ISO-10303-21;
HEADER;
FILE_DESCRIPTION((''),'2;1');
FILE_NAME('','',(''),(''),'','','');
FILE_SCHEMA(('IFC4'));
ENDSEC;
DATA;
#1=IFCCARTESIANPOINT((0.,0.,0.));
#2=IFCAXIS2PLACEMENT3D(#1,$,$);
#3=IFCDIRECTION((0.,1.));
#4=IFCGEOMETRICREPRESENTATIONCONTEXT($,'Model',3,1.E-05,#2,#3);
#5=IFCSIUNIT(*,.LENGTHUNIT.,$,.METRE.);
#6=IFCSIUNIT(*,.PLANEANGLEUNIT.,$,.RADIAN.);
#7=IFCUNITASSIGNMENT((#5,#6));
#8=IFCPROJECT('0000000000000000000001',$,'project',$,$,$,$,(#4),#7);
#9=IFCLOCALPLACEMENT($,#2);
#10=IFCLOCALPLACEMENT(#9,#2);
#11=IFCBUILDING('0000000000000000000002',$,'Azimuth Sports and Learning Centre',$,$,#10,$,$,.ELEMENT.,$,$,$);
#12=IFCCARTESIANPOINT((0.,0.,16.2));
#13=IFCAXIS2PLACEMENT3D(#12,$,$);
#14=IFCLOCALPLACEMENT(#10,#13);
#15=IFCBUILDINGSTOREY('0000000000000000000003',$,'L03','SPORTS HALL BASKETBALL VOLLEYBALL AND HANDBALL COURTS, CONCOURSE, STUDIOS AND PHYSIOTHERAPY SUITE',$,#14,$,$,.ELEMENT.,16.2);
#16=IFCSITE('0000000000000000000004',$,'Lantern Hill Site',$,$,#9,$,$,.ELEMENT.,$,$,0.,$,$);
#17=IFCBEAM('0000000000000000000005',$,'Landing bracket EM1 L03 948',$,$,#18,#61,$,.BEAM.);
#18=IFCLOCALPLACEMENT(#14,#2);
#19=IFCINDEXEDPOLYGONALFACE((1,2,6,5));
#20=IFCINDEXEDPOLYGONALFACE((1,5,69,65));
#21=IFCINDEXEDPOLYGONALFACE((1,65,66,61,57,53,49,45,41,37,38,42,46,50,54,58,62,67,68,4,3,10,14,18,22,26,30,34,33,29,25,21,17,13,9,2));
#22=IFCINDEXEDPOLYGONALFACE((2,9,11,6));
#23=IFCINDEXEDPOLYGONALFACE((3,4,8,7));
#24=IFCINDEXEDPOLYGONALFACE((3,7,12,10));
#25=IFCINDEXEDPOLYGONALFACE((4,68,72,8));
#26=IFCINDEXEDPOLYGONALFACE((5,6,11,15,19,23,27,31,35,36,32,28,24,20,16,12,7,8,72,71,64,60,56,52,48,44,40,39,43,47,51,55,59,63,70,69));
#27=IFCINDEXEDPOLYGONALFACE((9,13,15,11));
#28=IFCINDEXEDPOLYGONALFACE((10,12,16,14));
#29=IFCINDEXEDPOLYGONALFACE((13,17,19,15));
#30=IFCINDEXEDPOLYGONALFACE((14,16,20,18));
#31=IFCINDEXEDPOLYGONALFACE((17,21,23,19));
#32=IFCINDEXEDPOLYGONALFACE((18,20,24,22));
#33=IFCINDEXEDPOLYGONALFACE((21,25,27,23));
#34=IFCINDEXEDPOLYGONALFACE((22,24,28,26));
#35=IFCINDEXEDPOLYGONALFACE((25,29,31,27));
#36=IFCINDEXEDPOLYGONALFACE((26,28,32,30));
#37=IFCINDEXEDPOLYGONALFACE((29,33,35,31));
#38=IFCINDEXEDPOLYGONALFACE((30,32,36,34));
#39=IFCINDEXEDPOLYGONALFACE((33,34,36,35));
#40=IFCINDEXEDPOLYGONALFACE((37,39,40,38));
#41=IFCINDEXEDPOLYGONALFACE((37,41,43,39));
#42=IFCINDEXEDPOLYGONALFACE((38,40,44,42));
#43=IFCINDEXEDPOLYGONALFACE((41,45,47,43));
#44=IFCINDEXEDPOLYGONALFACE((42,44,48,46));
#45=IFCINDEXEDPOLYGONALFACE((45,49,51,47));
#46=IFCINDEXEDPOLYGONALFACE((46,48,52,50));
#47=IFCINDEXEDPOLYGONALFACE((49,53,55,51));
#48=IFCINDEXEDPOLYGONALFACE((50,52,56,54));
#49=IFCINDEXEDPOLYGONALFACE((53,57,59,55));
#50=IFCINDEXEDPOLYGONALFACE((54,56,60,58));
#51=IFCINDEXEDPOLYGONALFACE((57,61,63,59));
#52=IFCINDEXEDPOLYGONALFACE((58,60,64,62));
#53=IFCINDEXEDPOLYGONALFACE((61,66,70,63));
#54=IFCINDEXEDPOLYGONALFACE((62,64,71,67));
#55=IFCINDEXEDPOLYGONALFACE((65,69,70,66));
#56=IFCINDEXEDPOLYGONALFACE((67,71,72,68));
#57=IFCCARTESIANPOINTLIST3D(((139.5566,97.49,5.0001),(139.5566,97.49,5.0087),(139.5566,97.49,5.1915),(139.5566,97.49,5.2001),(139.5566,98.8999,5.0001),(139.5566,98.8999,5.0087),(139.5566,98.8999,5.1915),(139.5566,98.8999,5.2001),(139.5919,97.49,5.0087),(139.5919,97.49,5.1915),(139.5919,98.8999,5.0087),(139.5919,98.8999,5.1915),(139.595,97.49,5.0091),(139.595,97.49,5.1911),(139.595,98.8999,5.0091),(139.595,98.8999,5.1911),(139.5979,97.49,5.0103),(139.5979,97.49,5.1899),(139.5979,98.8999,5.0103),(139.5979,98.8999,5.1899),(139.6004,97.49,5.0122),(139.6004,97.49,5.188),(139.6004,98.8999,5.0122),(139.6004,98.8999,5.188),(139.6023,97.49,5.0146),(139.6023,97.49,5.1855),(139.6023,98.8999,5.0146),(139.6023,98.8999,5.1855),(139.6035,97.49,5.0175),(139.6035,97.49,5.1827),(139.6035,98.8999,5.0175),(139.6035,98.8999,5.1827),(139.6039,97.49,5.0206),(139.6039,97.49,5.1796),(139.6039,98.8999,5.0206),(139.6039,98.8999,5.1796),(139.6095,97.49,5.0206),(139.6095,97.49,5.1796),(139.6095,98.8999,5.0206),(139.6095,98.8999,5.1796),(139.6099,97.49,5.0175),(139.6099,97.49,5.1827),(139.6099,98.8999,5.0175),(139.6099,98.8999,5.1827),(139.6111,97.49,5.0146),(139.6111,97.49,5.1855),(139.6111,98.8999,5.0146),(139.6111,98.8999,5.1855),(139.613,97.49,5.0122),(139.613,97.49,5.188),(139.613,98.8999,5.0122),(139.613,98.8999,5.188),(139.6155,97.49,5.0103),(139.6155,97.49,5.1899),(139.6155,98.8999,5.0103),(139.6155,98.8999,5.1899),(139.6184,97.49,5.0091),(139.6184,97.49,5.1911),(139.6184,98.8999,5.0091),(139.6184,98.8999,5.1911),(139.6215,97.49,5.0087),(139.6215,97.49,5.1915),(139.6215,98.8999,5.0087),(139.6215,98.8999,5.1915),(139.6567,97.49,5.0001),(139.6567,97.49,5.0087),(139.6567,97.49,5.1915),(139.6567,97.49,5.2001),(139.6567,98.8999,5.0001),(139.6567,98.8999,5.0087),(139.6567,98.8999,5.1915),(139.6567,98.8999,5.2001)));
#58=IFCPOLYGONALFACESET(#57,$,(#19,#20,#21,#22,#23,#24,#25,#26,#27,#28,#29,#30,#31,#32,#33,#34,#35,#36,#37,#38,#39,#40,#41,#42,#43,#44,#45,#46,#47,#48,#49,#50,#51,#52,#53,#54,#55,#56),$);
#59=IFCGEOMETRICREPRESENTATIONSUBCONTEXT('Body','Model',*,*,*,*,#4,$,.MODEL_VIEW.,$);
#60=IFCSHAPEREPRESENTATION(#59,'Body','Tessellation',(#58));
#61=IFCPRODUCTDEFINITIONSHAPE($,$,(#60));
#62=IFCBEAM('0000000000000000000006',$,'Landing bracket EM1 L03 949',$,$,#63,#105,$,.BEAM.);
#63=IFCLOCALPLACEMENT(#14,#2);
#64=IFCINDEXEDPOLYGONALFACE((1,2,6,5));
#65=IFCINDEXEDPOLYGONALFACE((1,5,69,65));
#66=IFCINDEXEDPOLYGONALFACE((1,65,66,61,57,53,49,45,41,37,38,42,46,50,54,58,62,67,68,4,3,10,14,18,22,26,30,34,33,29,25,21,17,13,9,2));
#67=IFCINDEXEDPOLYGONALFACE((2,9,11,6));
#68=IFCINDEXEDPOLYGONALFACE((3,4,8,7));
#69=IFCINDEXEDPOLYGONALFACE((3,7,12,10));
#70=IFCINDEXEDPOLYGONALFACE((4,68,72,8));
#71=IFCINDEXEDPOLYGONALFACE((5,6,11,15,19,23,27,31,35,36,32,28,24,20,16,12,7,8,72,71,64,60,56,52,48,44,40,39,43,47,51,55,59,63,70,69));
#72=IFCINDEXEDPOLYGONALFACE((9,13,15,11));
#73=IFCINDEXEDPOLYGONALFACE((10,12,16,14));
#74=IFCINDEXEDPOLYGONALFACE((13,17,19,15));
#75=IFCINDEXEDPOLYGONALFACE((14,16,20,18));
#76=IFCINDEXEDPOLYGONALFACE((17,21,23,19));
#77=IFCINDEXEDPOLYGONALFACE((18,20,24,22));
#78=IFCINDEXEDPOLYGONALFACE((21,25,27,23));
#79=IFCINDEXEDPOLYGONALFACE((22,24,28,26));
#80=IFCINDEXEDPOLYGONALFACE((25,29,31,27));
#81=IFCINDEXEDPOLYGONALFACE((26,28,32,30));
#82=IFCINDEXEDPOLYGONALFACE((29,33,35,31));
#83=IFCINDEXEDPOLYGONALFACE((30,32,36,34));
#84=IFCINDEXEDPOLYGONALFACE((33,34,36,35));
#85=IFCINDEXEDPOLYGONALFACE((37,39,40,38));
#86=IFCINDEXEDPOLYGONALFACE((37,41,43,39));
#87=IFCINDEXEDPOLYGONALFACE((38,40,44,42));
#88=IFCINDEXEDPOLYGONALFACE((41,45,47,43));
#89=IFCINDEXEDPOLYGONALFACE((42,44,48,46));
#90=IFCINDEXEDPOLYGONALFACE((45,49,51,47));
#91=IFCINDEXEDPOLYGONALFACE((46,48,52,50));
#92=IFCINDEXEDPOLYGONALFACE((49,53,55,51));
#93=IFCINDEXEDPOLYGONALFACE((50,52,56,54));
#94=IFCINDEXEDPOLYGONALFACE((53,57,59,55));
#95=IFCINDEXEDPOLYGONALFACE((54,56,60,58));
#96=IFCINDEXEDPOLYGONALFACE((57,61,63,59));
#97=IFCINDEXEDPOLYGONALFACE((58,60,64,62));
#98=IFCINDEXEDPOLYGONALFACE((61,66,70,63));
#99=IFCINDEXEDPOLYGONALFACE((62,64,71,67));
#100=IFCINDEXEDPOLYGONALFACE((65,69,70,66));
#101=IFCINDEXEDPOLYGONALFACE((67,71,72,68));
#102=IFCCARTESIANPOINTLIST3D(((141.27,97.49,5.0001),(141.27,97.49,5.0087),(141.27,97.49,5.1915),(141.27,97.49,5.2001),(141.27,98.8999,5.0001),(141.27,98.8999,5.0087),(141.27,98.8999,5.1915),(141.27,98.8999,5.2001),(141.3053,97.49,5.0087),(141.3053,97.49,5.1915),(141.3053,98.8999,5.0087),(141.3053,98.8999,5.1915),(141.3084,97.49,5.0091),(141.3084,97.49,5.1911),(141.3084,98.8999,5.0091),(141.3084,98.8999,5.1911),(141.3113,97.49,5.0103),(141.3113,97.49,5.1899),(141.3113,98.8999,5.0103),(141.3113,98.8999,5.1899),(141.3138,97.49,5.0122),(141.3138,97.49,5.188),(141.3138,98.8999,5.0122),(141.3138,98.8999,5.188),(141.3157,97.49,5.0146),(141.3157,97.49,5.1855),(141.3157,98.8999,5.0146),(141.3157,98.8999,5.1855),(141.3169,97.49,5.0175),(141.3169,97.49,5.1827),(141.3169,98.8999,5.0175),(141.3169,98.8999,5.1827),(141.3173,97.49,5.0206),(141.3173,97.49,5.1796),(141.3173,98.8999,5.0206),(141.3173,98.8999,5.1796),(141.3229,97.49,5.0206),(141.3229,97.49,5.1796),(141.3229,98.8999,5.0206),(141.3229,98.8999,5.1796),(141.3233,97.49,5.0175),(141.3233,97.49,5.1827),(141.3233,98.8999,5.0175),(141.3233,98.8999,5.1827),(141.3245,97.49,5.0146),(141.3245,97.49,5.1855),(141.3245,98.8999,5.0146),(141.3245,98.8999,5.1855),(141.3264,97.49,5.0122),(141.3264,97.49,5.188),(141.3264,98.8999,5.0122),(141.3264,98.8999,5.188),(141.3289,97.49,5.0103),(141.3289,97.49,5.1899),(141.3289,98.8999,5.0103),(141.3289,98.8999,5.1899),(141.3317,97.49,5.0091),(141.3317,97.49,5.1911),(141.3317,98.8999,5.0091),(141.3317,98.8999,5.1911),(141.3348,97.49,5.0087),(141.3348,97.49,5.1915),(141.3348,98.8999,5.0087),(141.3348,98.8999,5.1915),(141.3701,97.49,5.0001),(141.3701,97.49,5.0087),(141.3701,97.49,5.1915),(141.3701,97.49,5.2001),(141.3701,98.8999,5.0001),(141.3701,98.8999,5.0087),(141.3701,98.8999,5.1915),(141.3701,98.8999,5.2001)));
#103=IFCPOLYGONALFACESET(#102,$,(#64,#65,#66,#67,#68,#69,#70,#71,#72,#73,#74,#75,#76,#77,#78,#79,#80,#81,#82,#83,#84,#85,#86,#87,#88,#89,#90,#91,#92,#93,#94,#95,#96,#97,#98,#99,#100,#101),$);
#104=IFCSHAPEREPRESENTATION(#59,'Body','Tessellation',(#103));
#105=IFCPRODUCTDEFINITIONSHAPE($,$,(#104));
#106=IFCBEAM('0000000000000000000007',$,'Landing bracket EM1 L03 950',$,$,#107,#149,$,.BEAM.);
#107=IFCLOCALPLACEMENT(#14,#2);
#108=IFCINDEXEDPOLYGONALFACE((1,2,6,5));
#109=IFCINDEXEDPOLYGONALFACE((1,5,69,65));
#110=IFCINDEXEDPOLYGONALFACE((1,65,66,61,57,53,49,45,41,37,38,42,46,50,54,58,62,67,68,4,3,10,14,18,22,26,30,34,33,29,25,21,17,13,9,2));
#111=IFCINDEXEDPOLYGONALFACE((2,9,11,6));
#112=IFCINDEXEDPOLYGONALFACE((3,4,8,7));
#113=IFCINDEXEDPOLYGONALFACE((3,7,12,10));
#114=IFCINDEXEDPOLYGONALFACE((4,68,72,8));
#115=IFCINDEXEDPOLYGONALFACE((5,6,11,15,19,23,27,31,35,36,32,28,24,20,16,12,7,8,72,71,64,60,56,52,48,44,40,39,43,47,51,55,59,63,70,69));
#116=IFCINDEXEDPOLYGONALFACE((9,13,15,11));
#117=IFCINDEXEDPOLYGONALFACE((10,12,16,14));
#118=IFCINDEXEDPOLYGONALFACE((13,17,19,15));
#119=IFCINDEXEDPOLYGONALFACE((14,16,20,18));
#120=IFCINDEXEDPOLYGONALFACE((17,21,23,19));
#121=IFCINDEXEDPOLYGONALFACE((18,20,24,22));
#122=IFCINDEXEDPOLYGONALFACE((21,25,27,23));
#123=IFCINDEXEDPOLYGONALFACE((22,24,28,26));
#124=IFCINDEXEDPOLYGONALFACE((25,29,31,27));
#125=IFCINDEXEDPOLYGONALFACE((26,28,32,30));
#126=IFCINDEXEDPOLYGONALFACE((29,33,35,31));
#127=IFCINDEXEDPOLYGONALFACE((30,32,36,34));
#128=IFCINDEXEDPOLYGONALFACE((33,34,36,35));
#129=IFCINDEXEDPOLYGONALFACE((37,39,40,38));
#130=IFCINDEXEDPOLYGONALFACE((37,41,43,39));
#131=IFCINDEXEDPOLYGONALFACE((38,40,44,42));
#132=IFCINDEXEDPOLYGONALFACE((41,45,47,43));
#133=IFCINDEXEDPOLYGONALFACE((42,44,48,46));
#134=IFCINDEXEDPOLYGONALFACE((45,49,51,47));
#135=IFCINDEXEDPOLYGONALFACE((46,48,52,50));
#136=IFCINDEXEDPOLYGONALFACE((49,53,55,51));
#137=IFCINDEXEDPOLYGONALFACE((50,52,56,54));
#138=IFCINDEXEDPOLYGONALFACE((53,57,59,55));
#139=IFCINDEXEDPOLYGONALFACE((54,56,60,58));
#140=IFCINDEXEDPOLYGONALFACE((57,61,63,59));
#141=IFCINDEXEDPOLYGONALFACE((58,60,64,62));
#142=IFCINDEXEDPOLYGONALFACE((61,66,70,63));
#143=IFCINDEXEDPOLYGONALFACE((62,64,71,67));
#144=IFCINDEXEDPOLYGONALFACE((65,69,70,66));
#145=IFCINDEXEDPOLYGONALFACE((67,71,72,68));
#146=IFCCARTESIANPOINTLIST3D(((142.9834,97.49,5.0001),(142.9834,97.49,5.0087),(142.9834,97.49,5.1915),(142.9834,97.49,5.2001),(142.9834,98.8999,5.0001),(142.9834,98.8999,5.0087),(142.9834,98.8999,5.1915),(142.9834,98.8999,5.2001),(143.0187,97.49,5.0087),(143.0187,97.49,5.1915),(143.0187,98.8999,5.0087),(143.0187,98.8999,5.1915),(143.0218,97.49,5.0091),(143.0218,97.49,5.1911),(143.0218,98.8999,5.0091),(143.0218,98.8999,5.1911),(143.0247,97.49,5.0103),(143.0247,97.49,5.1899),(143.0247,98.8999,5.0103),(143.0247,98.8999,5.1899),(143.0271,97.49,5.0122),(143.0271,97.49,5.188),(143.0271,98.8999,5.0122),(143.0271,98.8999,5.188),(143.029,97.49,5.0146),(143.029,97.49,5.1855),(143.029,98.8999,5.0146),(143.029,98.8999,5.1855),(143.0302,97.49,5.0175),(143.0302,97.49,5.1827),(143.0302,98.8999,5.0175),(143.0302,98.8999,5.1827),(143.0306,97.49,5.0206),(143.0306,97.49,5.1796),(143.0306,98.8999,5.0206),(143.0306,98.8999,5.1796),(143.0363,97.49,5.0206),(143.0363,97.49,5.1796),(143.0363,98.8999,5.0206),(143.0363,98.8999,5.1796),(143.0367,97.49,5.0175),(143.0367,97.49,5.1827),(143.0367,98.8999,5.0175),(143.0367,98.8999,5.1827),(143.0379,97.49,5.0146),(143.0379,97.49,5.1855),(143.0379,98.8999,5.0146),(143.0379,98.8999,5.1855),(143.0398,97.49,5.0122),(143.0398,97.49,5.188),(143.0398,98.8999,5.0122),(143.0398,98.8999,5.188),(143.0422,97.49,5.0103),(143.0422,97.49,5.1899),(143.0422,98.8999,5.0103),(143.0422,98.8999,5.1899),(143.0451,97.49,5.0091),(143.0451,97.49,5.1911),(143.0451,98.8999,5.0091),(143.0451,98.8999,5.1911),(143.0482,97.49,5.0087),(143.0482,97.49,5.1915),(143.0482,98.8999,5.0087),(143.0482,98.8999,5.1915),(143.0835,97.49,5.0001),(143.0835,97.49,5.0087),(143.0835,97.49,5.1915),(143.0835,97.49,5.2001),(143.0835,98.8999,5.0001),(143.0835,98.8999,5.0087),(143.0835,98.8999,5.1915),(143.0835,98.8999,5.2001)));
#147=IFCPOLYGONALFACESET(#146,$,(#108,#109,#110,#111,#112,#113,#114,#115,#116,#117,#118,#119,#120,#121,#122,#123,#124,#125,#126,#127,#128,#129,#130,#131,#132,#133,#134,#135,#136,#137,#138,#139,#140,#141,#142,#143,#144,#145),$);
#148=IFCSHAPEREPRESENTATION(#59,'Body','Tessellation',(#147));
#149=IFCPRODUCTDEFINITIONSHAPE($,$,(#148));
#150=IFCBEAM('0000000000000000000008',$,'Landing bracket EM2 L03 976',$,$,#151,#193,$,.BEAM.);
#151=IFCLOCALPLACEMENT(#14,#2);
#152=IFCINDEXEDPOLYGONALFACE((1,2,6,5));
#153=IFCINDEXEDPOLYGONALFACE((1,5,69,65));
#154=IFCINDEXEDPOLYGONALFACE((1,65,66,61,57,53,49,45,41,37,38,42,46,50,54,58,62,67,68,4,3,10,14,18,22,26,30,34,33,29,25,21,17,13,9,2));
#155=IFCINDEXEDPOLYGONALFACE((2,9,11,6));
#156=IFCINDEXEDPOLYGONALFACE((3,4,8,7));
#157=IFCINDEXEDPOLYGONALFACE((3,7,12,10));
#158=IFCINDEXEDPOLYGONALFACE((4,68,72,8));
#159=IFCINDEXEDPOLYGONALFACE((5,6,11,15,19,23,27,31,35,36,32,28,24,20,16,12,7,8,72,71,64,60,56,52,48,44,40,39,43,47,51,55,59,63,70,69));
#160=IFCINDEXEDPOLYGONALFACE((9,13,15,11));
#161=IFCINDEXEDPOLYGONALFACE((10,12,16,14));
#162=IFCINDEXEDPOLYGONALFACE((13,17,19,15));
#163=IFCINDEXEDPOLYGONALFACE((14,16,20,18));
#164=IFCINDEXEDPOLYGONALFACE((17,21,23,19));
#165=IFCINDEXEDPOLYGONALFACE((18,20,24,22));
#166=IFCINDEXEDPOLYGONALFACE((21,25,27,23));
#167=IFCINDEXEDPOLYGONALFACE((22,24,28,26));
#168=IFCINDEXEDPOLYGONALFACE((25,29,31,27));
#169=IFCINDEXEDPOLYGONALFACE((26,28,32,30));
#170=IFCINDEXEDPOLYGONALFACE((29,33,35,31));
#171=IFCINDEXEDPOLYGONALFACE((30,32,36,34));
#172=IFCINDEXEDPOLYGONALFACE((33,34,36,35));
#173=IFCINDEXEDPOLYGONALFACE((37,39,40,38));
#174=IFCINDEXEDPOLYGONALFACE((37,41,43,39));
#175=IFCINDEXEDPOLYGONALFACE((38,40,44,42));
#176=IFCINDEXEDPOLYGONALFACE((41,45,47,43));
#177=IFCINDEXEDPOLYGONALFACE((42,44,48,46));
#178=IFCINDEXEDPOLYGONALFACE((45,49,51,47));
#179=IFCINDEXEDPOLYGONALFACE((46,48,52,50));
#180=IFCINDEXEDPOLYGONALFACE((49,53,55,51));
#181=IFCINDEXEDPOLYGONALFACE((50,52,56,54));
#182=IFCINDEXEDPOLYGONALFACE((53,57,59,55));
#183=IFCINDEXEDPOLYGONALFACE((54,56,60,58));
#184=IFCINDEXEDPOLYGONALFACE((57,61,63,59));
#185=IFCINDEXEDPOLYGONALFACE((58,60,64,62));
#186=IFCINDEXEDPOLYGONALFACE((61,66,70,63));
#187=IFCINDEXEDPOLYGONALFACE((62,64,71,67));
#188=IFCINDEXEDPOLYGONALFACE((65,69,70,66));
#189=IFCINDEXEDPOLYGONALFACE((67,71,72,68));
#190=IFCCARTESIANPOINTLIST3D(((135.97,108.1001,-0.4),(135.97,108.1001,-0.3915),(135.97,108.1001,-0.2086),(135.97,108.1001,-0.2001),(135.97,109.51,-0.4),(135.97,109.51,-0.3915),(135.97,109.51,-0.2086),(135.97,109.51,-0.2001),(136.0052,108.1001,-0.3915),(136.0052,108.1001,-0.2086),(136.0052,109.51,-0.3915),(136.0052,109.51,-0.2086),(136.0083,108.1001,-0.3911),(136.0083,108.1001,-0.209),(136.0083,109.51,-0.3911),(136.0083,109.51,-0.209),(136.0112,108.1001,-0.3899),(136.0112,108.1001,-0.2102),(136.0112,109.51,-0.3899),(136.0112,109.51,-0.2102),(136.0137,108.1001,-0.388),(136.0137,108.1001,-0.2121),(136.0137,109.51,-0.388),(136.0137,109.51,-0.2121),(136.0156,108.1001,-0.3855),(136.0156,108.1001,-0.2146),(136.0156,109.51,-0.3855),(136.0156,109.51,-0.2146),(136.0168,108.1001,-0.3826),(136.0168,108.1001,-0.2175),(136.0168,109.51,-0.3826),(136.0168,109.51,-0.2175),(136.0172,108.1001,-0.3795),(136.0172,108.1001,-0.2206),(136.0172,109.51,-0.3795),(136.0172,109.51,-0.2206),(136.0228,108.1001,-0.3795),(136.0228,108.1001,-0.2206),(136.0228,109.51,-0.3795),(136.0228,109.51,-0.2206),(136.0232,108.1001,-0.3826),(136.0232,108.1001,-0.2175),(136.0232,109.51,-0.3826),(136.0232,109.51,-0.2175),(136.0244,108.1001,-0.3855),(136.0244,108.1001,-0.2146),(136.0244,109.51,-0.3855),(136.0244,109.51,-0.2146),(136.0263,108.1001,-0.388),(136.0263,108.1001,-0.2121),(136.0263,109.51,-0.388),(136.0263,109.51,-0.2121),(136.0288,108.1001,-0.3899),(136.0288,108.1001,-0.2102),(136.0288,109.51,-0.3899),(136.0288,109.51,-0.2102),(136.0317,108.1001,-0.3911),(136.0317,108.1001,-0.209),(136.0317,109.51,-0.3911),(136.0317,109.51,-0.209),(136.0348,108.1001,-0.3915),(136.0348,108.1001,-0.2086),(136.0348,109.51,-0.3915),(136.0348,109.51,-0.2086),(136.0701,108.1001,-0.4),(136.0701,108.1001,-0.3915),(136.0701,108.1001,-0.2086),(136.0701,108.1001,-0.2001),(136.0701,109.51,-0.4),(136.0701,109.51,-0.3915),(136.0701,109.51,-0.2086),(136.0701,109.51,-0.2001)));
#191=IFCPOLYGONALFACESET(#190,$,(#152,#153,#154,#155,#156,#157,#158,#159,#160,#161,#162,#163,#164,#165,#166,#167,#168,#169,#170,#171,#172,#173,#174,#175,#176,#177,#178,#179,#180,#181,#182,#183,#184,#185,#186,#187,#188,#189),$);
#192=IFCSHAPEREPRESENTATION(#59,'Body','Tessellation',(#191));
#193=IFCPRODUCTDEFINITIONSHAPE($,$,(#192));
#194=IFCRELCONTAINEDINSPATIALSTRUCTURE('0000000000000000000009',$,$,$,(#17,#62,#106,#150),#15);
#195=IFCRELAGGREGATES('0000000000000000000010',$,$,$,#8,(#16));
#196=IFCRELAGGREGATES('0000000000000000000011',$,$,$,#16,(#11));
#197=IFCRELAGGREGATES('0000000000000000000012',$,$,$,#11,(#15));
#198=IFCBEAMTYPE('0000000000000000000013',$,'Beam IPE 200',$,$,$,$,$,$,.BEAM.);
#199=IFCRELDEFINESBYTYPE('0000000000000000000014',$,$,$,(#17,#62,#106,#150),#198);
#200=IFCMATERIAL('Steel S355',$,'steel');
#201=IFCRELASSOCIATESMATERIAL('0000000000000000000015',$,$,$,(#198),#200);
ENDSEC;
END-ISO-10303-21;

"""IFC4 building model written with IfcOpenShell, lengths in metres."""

from ifc_helpers import new_model, si_unit, direction, frame, origin, origin_2d, place, context, subcontext, project, spatial, i_section, extrude, material, material_profile, profile_set, type_object, element, save


model = new_model("IFC4")

# Units and contexts
model_context = context("Model", 3, precision=1e-05, world=origin(), true_north=direction((0.0, 1.0)))
body_context = subcontext(model_context, "Body", "Model", "MODEL_VIEW")
ifc_project = project(units=[si_unit("LENGTHUNIT", "METRE"), si_unit("PLANEANGLEUNIT", "RADIAN")], contexts=[model_context])

# Site, building, storey
site_placement = place(None, origin())
site = spatial("IfcSite", under=ifc_project, at=site_placement, Name="Lantern Hill Site", CompositionType="ELEMENT", RefElevation=0.0)
building_placement = place(site_placement, origin())
building = spatial("IfcBuilding", under=site, at=building_placement, Name="Azimuth Sports and Learning Centre", CompositionType="ELEMENT")
storey_placement = place(building_placement, frame((0.0, 0.0, 16.2)))
storey = spatial("IfcBuildingStorey", under=building, at=storey_placement, Name="L03", Description="SPORTS HALL BASKETBALL VOLLEYBALL AND HANDBALL COURTS, CONCOURSE, STUDIOS AND PHYSIOTHERAPY SUITE", CompositionType="ELEMENT", Elevation=16.2)

# Beams
ifc_material_1 = material(Name="Steel S355", Category="steel")
ifc_material_profile_1 = material_profile(ifc_material_1, i_section(OverallWidth=0.1001, OverallDepth=0.2, WebThickness=0.0056, FlangeThickness=0.0085, FilletRadius=0.012, at=origin_2d()), Name="IPE 200")
ifc_profile_set_1 = profile_set([ifc_material_profile_1], Name="Steel S355")
beam_type_1 = type_object("IfcBeamType", Name="Beam IPE 200", PredefinedType="BEAM", material=ifc_profile_set_1)
for number, where, z_axis, x_axis, name in (
    (1, (139.6067, 98.8999, 5.1001), (0.0, -1.0, 0.0), (1.0, 0.0, 0.0), "Landing bracket EM1 L03 948"),
    (2, (141.3201, 98.8999, 5.1001), (0.0, -1.0, 0.0), (1.0, 0.0, 0.0), "Landing bracket EM1 L03 949"),
    (3, (143.0334, 98.8999, 5.1001), (0.0, -1.0, 0.0), (1.0, 0.0, 0.0), "Landing bracket EM1 L03 950"),
    (4, (136.02, 108.1001, -0.3), (0.0, 1.0, 0.0), (-1.0, 0.0, 0.0), "Landing bracket EM2 L03 976"),
):
    element("IfcBeam", number, at=place(storey_placement, frame(where, z_axis=z_axis, x_axis=x_axis)), inside=storey, type_object=beam_type_1, Name=name, PredefinedType="BEAM", context=body_context, shape_type="SweptSolid", body=[
        extrude(i_section(OverallWidth=0.1001, OverallDepth=0.2, WebThickness=0.0056, FlangeThickness=0.0085, FilletRadius=0.012, at=origin_2d()), origin(), (0.0, 0.0, 1.0), 1.4099),
    ])

save(model, "model.ifc")
